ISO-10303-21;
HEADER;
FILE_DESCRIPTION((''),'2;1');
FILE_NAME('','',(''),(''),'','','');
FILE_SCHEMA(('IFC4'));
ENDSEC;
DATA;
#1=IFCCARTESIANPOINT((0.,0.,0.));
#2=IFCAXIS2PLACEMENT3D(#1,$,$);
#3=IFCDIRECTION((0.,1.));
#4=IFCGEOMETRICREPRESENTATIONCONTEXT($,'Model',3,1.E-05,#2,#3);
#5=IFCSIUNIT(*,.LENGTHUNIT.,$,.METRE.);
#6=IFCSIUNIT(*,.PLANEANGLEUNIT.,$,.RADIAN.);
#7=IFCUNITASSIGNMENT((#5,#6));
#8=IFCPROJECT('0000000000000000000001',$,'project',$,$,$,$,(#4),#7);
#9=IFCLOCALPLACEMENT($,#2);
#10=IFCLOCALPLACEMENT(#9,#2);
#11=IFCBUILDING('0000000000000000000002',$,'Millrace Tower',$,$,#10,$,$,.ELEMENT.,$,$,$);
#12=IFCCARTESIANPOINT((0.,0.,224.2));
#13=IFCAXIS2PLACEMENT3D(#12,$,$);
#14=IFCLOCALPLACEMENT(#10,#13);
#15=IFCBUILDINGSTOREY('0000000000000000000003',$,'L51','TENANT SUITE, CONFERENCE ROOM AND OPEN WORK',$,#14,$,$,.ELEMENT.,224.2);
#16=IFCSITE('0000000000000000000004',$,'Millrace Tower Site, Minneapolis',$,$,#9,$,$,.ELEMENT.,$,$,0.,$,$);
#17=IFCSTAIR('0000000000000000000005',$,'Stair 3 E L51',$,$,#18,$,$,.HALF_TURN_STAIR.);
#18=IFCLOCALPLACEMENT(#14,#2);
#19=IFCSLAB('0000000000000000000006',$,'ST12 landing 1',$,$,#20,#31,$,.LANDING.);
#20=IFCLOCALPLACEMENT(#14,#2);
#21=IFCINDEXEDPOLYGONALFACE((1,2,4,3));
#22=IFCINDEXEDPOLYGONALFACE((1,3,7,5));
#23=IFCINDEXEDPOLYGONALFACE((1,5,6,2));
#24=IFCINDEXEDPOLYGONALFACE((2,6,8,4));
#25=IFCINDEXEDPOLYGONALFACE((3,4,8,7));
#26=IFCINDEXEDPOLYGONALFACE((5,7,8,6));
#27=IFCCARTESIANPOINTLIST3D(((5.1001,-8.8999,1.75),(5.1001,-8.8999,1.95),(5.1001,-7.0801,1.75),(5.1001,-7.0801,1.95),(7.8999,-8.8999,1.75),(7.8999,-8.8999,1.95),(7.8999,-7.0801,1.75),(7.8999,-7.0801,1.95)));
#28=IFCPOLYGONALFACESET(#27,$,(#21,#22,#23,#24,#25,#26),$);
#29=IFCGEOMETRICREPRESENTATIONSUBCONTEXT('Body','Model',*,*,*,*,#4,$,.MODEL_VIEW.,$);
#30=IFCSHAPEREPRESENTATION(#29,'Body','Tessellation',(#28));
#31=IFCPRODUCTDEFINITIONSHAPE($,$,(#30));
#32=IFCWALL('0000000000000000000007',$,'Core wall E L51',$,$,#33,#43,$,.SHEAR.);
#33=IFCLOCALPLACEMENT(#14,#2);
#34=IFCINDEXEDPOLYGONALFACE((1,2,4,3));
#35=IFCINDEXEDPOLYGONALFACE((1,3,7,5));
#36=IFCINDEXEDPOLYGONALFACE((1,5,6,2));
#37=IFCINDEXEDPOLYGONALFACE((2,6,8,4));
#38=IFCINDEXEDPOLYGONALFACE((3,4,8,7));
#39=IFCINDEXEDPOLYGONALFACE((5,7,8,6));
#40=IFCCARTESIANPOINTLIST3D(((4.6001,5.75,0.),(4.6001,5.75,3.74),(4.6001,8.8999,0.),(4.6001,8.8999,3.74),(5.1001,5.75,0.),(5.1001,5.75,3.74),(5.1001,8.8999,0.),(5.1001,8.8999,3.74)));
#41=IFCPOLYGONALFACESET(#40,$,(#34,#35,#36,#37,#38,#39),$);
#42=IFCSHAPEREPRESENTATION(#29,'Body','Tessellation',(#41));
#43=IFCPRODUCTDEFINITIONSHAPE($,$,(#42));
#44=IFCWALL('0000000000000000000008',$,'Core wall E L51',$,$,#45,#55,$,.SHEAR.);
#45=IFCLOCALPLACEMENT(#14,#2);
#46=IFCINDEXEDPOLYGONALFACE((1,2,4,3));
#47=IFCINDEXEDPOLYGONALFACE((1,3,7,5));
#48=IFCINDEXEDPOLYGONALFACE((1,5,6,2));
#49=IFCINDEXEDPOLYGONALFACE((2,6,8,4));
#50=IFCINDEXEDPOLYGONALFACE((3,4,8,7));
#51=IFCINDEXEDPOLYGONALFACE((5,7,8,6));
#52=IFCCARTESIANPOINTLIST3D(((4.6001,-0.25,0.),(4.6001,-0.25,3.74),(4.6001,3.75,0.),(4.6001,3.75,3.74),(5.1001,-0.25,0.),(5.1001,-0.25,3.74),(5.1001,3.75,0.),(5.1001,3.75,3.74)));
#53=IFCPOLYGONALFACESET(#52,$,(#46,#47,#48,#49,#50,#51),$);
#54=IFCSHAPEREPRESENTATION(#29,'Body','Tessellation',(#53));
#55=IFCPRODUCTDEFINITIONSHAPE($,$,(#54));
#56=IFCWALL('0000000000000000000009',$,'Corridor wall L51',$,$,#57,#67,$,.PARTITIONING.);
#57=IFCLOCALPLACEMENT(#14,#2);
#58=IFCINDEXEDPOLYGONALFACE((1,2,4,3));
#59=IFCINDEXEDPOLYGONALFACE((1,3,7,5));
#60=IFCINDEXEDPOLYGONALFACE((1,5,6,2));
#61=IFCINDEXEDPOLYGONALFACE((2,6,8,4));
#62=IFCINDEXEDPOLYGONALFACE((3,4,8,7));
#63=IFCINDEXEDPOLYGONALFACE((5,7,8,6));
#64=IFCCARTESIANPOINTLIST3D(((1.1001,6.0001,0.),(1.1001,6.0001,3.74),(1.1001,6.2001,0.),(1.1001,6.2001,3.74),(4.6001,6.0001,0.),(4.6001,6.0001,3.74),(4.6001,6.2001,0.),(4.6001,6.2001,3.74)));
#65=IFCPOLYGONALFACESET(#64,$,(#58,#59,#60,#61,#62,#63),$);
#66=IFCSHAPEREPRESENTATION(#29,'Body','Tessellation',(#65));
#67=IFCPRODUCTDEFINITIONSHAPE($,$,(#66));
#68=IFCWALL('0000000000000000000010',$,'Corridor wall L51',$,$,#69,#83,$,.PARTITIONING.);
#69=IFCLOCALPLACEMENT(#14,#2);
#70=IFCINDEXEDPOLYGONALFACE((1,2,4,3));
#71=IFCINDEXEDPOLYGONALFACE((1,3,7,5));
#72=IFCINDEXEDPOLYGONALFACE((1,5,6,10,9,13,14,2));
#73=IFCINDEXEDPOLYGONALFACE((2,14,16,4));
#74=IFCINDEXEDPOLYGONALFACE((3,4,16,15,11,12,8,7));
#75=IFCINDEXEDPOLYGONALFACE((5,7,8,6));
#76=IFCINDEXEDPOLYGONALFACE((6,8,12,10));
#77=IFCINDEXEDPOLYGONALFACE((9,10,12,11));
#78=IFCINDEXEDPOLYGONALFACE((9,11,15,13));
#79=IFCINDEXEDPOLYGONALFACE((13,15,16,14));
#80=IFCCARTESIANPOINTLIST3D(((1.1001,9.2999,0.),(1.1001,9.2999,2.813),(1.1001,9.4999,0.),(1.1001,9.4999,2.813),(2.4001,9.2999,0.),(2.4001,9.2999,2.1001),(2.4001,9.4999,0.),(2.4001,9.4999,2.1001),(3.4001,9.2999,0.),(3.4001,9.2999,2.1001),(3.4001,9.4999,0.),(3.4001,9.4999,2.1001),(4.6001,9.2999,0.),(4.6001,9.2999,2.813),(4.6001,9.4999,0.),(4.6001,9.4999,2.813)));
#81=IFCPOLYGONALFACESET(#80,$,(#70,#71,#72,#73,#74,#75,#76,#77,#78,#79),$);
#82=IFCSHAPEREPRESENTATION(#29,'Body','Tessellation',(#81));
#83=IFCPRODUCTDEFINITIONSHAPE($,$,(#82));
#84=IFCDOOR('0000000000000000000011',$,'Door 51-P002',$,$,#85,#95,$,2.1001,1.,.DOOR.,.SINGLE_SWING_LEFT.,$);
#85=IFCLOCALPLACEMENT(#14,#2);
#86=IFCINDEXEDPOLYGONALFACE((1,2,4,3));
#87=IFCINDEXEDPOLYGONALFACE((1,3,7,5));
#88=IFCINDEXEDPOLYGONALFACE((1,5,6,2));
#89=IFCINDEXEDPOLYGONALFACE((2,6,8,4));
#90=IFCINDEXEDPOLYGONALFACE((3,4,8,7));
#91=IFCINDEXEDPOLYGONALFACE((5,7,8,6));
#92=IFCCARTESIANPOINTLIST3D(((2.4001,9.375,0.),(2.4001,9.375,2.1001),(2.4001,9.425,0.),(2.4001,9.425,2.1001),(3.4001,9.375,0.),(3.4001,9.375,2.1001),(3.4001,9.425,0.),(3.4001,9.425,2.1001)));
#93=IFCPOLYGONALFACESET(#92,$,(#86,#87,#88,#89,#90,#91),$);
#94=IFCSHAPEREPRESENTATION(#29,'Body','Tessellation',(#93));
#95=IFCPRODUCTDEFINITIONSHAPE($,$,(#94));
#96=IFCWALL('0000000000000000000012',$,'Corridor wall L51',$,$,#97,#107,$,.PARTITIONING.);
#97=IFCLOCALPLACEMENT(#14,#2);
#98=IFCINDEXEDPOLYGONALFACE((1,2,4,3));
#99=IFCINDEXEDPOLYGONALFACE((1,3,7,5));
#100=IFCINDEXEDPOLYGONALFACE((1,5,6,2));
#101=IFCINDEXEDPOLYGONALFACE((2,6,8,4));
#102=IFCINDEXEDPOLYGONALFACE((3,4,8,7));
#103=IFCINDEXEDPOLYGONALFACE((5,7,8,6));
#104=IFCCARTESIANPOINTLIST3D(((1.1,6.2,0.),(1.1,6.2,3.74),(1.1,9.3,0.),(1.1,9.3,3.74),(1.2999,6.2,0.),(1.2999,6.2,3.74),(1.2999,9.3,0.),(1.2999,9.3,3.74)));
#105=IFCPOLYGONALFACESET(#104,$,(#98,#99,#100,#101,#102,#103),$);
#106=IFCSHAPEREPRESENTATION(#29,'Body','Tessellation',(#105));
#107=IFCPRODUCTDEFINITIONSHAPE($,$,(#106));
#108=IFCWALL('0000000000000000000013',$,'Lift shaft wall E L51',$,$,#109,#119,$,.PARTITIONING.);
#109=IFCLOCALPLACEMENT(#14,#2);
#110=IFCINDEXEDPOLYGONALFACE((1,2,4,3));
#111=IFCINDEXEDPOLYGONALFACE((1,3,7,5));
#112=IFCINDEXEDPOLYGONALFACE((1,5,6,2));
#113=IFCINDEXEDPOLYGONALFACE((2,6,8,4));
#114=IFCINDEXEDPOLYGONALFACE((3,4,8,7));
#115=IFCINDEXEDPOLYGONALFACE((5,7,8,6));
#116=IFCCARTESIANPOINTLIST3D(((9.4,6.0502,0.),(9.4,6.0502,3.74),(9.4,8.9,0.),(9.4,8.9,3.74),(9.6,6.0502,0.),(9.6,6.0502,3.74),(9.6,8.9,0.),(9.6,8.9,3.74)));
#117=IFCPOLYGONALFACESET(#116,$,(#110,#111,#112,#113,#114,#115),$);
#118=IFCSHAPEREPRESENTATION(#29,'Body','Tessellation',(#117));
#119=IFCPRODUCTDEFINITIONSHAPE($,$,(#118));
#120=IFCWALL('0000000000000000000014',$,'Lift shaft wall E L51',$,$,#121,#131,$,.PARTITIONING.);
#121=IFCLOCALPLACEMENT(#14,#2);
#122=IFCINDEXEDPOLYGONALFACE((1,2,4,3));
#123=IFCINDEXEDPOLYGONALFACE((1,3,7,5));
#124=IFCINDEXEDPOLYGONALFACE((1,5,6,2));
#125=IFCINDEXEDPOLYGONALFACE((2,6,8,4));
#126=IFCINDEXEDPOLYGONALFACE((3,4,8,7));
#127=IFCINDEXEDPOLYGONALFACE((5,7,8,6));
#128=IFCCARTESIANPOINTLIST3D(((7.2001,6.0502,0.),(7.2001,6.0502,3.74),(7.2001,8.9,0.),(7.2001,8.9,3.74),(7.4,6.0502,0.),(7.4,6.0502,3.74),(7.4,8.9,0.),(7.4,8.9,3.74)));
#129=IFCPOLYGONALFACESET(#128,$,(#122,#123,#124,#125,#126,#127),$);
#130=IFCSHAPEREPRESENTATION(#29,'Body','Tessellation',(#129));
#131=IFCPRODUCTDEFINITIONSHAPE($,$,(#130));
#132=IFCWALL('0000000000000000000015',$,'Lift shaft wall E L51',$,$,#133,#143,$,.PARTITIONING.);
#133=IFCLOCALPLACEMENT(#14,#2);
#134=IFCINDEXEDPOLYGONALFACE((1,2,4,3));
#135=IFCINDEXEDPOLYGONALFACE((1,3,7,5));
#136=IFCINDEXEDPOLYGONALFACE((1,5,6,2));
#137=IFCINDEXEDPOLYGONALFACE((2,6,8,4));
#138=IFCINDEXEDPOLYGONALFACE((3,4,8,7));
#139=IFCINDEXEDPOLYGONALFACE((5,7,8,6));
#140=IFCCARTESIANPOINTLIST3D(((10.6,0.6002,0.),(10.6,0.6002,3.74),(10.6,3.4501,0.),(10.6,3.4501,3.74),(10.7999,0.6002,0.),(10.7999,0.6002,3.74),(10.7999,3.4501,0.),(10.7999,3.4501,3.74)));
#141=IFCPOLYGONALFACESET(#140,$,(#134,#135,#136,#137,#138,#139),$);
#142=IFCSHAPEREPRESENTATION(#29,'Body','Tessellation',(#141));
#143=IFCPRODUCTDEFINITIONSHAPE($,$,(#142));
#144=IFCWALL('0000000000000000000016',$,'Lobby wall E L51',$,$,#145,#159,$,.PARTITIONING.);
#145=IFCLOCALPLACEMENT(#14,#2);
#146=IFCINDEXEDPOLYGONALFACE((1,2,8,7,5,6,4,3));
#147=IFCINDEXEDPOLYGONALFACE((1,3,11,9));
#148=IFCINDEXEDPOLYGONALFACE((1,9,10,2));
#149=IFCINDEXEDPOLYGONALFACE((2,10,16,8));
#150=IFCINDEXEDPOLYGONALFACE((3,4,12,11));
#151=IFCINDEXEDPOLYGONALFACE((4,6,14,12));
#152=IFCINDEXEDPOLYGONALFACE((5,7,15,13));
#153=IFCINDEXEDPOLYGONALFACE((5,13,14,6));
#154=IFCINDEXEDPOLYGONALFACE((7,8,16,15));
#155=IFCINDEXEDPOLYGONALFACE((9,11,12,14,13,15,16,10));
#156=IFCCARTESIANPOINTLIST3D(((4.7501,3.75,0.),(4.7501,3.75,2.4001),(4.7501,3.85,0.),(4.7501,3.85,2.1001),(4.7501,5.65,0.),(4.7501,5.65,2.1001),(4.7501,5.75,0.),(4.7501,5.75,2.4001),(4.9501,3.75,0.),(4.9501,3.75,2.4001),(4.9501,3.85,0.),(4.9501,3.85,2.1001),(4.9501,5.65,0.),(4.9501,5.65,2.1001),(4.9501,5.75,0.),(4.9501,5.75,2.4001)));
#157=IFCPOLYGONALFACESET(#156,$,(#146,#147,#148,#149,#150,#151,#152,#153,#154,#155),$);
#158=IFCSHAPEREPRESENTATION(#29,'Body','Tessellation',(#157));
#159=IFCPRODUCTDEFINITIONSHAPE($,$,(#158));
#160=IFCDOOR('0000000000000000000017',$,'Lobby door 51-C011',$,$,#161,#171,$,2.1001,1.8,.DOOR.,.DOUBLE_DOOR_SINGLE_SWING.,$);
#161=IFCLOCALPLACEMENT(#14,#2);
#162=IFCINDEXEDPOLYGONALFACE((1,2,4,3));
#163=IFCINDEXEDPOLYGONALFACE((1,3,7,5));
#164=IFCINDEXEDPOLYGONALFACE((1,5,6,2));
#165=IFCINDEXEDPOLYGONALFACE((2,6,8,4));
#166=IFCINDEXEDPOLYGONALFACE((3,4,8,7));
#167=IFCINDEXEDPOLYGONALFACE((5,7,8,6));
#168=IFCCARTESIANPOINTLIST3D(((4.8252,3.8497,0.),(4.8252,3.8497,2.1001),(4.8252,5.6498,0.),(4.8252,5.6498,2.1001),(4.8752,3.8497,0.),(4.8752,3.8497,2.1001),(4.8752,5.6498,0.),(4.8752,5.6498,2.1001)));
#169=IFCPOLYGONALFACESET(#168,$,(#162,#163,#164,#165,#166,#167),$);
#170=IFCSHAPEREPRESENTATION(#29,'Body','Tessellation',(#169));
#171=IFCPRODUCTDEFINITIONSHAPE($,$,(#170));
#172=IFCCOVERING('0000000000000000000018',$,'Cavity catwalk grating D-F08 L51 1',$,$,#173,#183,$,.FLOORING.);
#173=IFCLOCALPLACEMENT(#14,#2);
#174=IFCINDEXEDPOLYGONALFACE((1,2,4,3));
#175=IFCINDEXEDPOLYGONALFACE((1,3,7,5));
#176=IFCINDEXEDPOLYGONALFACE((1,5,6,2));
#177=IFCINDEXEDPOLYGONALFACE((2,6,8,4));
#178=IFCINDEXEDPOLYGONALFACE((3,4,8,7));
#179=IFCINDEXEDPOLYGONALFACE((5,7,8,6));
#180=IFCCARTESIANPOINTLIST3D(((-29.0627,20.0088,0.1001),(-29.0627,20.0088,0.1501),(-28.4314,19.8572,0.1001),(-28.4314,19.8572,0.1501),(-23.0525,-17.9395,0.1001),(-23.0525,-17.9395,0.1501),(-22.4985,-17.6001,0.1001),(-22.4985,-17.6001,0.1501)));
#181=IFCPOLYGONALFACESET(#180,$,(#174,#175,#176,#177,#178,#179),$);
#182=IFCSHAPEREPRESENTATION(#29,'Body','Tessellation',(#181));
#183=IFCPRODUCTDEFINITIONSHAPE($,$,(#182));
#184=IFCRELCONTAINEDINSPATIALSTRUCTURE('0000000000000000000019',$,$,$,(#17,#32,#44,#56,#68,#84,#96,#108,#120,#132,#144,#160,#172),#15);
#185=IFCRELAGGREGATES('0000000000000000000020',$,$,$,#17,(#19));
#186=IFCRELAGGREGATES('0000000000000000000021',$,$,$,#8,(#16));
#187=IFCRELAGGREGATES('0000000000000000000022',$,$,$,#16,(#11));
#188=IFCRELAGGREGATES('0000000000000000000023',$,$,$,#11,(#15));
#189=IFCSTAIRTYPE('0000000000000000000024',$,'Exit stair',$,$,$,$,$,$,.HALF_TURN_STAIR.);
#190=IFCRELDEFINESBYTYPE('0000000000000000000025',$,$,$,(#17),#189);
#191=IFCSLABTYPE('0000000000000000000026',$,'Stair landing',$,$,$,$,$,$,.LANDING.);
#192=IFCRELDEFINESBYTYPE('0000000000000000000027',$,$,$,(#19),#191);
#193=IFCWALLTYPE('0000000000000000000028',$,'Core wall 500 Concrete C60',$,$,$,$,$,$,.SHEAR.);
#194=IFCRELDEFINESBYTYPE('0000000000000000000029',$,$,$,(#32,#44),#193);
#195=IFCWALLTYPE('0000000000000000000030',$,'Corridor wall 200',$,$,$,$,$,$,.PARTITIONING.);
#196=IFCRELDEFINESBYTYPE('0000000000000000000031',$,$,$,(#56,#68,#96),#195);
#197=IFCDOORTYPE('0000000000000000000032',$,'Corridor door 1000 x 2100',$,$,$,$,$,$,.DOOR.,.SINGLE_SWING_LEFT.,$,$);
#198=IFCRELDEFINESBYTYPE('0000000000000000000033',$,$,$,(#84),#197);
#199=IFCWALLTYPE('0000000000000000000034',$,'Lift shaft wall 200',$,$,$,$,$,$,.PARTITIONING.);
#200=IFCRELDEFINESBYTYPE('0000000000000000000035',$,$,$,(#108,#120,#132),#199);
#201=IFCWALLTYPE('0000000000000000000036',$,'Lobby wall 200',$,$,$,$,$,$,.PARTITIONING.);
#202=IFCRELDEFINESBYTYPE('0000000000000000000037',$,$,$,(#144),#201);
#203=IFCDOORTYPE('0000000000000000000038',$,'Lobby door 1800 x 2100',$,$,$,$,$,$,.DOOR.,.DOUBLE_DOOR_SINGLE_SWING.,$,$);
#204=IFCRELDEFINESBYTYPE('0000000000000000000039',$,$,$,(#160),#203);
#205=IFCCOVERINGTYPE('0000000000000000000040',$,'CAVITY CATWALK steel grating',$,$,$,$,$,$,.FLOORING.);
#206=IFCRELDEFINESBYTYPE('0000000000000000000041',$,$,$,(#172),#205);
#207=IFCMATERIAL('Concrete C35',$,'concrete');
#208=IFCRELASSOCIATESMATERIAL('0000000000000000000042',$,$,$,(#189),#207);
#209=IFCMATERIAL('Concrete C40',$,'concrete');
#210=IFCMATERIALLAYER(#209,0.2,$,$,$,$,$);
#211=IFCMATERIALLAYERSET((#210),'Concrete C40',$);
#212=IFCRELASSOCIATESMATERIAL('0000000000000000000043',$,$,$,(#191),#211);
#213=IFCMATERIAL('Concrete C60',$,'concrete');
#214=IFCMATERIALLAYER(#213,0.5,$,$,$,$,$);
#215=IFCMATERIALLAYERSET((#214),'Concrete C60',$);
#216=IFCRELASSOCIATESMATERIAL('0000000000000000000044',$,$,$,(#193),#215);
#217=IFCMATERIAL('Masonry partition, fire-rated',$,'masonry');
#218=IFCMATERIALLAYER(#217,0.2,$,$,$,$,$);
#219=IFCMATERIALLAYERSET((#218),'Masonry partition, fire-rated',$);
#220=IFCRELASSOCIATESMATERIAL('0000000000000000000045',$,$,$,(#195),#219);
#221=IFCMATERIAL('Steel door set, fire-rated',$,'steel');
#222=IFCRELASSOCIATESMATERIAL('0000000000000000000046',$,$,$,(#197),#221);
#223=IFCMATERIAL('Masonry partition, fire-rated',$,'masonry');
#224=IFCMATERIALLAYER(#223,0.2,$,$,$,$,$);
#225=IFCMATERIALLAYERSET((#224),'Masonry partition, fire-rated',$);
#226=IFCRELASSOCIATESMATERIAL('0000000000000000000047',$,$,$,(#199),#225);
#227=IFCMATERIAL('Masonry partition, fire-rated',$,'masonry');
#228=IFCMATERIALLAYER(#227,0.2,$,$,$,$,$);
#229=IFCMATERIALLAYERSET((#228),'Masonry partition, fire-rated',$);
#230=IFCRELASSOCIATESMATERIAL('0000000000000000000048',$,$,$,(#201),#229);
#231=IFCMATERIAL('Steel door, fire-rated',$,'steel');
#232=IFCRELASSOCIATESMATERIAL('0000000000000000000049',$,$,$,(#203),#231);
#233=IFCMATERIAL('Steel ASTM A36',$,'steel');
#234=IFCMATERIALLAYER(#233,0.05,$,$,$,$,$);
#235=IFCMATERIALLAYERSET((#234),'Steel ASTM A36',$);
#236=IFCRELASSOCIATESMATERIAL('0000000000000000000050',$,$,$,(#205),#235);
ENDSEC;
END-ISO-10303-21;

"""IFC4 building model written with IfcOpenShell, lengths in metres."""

from ifc_helpers import new_model, si_unit, direction, frame, frame_2d, origin, place, context, subcontext, project, spatial, polyline, rectangle, outline, extrude, material, layer, layer_set, type_object, element, fill, aggregate, save


model = new_model("IFC4")

# Units and contexts
model_context = context("Model", 3, precision=1e-05, world=origin(), true_north=direction((0.0, 1.0)))
body_context = subcontext(model_context, "Body", "Model", "MODEL_VIEW")
ifc_project = project(units=[si_unit("LENGTHUNIT", "METRE"), si_unit("PLANEANGLEUNIT", "RADIAN")], contexts=[model_context])

# Site, building, storey
site_placement = place(None, origin())
site = spatial("IfcSite", under=ifc_project, at=site_placement, Name="Millrace Tower Site, Minneapolis", CompositionType="ELEMENT", RefElevation=0.0)
building_placement = place(site_placement, origin())
building = spatial("IfcBuilding", under=site, at=building_placement, Name="Millrace Tower", CompositionType="ELEMENT")
storey_placement = place(building_placement, frame((0.0, 0.0, 224.2)))
storey = spatial("IfcBuildingStorey", under=building, at=storey_placement, Name="L51", Description="TENANT SUITE, CONFERENCE ROOM AND OPEN WORK", CompositionType="ELEMENT", Elevation=224.2)

# Shared definitions
placement_1 = place(storey_placement, origin())

# Stair, slab
ifc_material_1 = material(Name="Concrete C35", Category="concrete")
stair_type = type_object("IfcStairType", Name="Exit stair", PredefinedType="HALF_TURN_STAIR", material=ifc_material_1)
ifc_material_2 = material(Name="Concrete C40", Category="concrete")
ifc_layer_1 = layer(ifc_material_2, 0.2)
ifc_layer_set_1 = layer_set([ifc_layer_1], Name="Concrete C40")
slab_type = type_object("IfcSlabType", Name="Stair landing", PredefinedType="LANDING", material=ifc_layer_set_1)
placement_2 = place(storey_placement, frame((0.0, 0.0, 1.75)))
stair_1 = element("IfcStair", 1, at=placement_1, inside=storey, type_object=stair_type, Name="Stair 3 E L51", PredefinedType="HALF_TURN_STAIR")
slab_1 = element("IfcSlab", 2, at=placement_2, type_object=slab_type, Name="ST12 landing 1", PredefinedType="LANDING", context=body_context, shape_type="SweptSolid", body=[
    extrude(outline(polyline([(5.1001, -8.8999), (7.8999, -8.8999), (7.8999, -7.0801), (5.1001, -7.0801), (5.1001, -8.8999)])), origin(), (0.0, 0.0, 1.0), 0.2),
])
aggregate(stair_1, [slab_1])

# Walls
ifc_material_3 = material(Name="Concrete C60", Category="concrete")
ifc_layer_2 = layer(ifc_material_3, 0.5)
ifc_layer_set_2 = layer_set([ifc_layer_2], Name="Concrete C60")
wall_type_1 = type_object("IfcWallType", Name="Core wall 500 Concrete C60", PredefinedType="SHEAR", material=ifc_layer_set_2)
wall_1_placement = place(storey_placement, frame((4.8501, 8.8999, 0.0), z_axis=(0.0, 0.0, 1.0), x_axis=(0.0, -1.0, 0.0)))
element("IfcWall", 3, at=wall_1_placement, inside=storey, type_object=wall_type_1, Name="Core wall E L51", PredefinedType="SHEAR", context=body_context, shape_type="SweptSolid", body=[
    extrude(rectangle(XDim=3.1499, YDim=0.5, at=frame_2d((1.575, 0.0))), origin(), (0.0, 0.0, 1.0), 3.74),
])
wall_2_placement = place(storey_placement, frame((4.8501, 3.75, 0.0), z_axis=(0.0, 0.0, 1.0), x_axis=(0.0, -1.0, 0.0)))
element("IfcWall", 4, at=wall_2_placement, inside=storey, type_object=wall_type_1, Name="Core wall E L51", PredefinedType="SHEAR", context=body_context, shape_type="SweptSolid", body=[
    extrude(rectangle(XDim=4.0, YDim=0.5, at=frame_2d((2.0, 0.0))), origin(), (0.0, 0.0, 1.0), 3.74),
])
ifc_material_4 = material(Name="Masonry partition, fire-rated", Category="masonry")
ifc_layer_3 = layer(ifc_material_4, 0.2)
ifc_layer_set_3 = layer_set([ifc_layer_3], Name="Masonry partition, fire-rated")
wall_type_2 = type_object("IfcWallType", Name="Corridor wall 200", PredefinedType="PARTITIONING", material=ifc_layer_set_3)
wall_3_placement = place(storey_placement, frame((1.1001, 6.1001, 0.0), z_axis=(0.0, 0.0, 1.0), x_axis=(1.0, 0.0, 0.0)))
element("IfcWall", 5, at=wall_3_placement, inside=storey, type_object=wall_type_2, Name="Corridor wall L51", PredefinedType="PARTITIONING", context=body_context, shape_type="SweptSolid", body=[
    extrude(rectangle(XDim=3.5, YDim=0.2, at=frame_2d((1.75, 0.0))), origin(), (0.0, 0.0, 1.0), 3.74),
])

# Wall, opening, door
wall_4_placement = place(storey_placement, frame((1.1001, 9.3999, 0.0), z_axis=(0.0, 0.0, 1.0), x_axis=(1.0, 0.0, 0.0)))
wall_4 = element("IfcWall", 6, at=wall_4_placement, inside=storey, type_object=wall_type_2, Name="Corridor wall L51", PredefinedType="PARTITIONING", context=body_context, shape_type="SweptSolid", body=[
    extrude(rectangle(XDim=3.5, YDim=0.2, at=frame_2d((1.75, 0.0))), origin(), (0.0, 0.0, 1.0), 2.813),
])
opening_1_placement = place(wall_4_placement, frame((1.3, 0.0, 0.0)))
opening_1 = element("IfcOpeningElement", 7, at=opening_1_placement, cuts=wall_4, PredefinedType="OPENING", context=body_context, shape_type="SweptSolid", body=[
    extrude(rectangle(XDim=1.0, YDim=2.1001, at=frame_2d((0.5, 1.05))), frame((0.0, 0.1099, 0.0), z_axis=(0.0, -1.0, 0.0), x_axis=(1.0, 0.0, 0.0)), (0.0, 0.0, 1.0), 0.22),
])
ifc_material_5 = material(Name="Steel door set, fire-rated", Category="steel")
door_type_1 = type_object("IfcDoorType", Name="Corridor door 1000 x 2100", OperationType="SINGLE_SWING_LEFT", PredefinedType="DOOR", material=ifc_material_5)
door_1_placement = place(opening_1_placement, frame((1.0, 0.0, 0.0), z_axis=(0.0, 0.0, 1.0), x_axis=(-1.0, 0.0, 0.0)))
door_1 = element("IfcDoor", 8, at=door_1_placement, inside=storey, type_object=door_type_1, Name="Door 51-P002", OperationType="SINGLE_SWING_LEFT", OverallHeight=2.1001, OverallWidth=1.0, PredefinedType="DOOR", context=body_context, shape_type="SweptSolid", body=[
    extrude(rectangle(XDim=1.0, YDim=2.1001, at=frame_2d((0.5, 1.05))), frame((0.0, 0.0249, 0.0), z_axis=(0.0, -1.0, 0.0), x_axis=(1.0, 0.0, 0.0)), (0.0, 0.0, 1.0), 0.05),
])
fill(opening_1, door_1)

# Walls
wall_5_placement = place(storey_placement, frame((1.2, 6.2, 0.0), z_axis=(0.0, 0.0, 1.0), x_axis=(0.0, 1.0, 0.0)))
element("IfcWall", 9, at=wall_5_placement, inside=storey, type_object=wall_type_2, Name="Corridor wall L51", PredefinedType="PARTITIONING", context=body_context, shape_type="SweptSolid", body=[
    extrude(rectangle(XDim=3.1001, YDim=0.2, at=frame_2d((1.55, 0.0))), origin(), (0.0, 0.0, 1.0), 3.74),
])
ifc_material_6 = material(Name="Masonry partition, fire-rated", Category="masonry")
ifc_layer_4 = layer(ifc_material_6, 0.2)
ifc_layer_set_4 = layer_set([ifc_layer_4], Name="Masonry partition, fire-rated")
wall_type_3 = type_object("IfcWallType", Name="Lift shaft wall 200", PredefinedType="PARTITIONING", material=ifc_layer_set_4)
for number, where, z_axis, x_axis, name in (
    (10, (9.5, 8.8999, 0.0), (0.0, 0.0, 1.0), (0.0, -1.0, 0.0), "Lift shaft wall E L51"),
    (11, (7.3, 8.8999, 0.0), (0.0, 0.0, 1.0), (0.0, -1.0, 0.0), "Lift shaft wall E L51"),
    (12, (10.7, 3.45, 0.0), (0.0, 0.0, 1.0), (0.0, -1.0, 0.0), "Lift shaft wall E L51"),
):
    element("IfcWall", number, at=place(storey_placement, frame(where, z_axis=z_axis, x_axis=x_axis)), inside=storey, type_object=wall_type_3, Name=name, PredefinedType="PARTITIONING", context=body_context, shape_type="SweptSolid", body=[
        extrude(rectangle(XDim=2.8499, YDim=0.2, at=frame_2d((1.4248, 0.0))), origin(), (0.0, 0.0, 1.0), 3.74),
    ])

# Wall, opening, door
ifc_material_7 = material(Name="Masonry partition, fire-rated", Category="masonry")
ifc_layer_5 = layer(ifc_material_7, 0.2)
ifc_layer_set_5 = layer_set([ifc_layer_5], Name="Masonry partition, fire-rated")
wall_type_4 = type_object("IfcWallType", Name="Lobby wall 200", PredefinedType="PARTITIONING", material=ifc_layer_set_5)
wall_6_placement = place(storey_placement, frame((4.8501, 5.75, 0.0), z_axis=(0.0, 0.0, 1.0), x_axis=(0.0, -1.0, 0.0)))
wall_6 = element("IfcWall", 13, at=wall_6_placement, inside=storey, type_object=wall_type_4, Name="Lobby wall E L51", PredefinedType="PARTITIONING", context=body_context, shape_type="SweptSolid", body=[
    extrude(rectangle(XDim=2.0, YDim=0.2, at=frame_2d((1.0, 0.0))), origin(), (0.0, 0.0, 1.0), 2.4001),
])
opening_2_placement = place(wall_6_placement, frame((0.1001, 0.0, 0.0)))
opening_2 = element("IfcOpeningElement", 14, at=opening_2_placement, cuts=wall_6, PredefinedType="OPENING", context=body_context, shape_type="SweptSolid", body=[
    extrude(rectangle(XDim=1.8, YDim=2.1001, at=frame_2d((0.8999, 1.05))), frame((0.0, 0.1099, 0.0), z_axis=(0.0, -1.0, 0.0), x_axis=(1.0, 0.0, 0.0)), (0.0, 0.0, 1.0), 0.22),
])
ifc_material_8 = material(Name="Steel door, fire-rated", Category="steel")
door_type_2 = type_object("IfcDoorType", Name="Lobby door 1800 x 2100", OperationType="DOUBLE_DOOR_SINGLE_SWING", PredefinedType="DOOR", material=ifc_material_8)
door_2_placement = place(opening_2_placement, frame((1.8, 0.0, 0.0), z_axis=(0.0, 0.0, 1.0), x_axis=(-1.0, 0.0, 0.0)))
door_2 = element("IfcDoor", 15, at=door_2_placement, inside=storey, type_object=door_type_2, Name="Lobby door 51-C011", OperationType="DOUBLE_DOOR_SINGLE_SWING", OverallHeight=2.1001, OverallWidth=1.8, PredefinedType="DOOR", context=body_context, shape_type="SweptSolid", body=[
    extrude(rectangle(XDim=1.8, YDim=2.1001, at=frame_2d((0.8999, 1.05))), frame((0.0, 0.0249, 0.0), z_axis=(0.0, -1.0, 0.0), x_axis=(1.0, 0.0, 0.0)), (0.0, 0.0, 1.0), 0.05),
])
fill(opening_2, door_2)

# Covering
ifc_material_9 = material(Name="Steel ASTM A36", Category="steel")
ifc_layer_6 = layer(ifc_material_9, 0.05)
ifc_layer_set_6 = layer_set([ifc_layer_6], Name="Steel ASTM A36")
covering_type = type_object("IfcCoveringType", Name="CAVITY CATWALK steel grating", PredefinedType="FLOORING", material=ifc_layer_set_6)
covering_placement = place(storey_placement, frame((0.0, 0.0, 0.1001)))
element("IfcCovering", 16, at=covering_placement, inside=storey, type_object=covering_type, Name="Cavity catwalk grating D-F08 L51 1", PredefinedType="FLOORING", context=body_context, shape_type="SweptSolid", body=[
    extrude(outline(polyline([(-29.0627, 20.0088), (-23.0525, -17.9395), (-22.4985, -17.6001), (-28.4314, 19.8572), (-29.0627, 20.0088)])), origin(), (0.0, 0.0, 1.0), 0.05),
])

save(model, "model.ifc")
